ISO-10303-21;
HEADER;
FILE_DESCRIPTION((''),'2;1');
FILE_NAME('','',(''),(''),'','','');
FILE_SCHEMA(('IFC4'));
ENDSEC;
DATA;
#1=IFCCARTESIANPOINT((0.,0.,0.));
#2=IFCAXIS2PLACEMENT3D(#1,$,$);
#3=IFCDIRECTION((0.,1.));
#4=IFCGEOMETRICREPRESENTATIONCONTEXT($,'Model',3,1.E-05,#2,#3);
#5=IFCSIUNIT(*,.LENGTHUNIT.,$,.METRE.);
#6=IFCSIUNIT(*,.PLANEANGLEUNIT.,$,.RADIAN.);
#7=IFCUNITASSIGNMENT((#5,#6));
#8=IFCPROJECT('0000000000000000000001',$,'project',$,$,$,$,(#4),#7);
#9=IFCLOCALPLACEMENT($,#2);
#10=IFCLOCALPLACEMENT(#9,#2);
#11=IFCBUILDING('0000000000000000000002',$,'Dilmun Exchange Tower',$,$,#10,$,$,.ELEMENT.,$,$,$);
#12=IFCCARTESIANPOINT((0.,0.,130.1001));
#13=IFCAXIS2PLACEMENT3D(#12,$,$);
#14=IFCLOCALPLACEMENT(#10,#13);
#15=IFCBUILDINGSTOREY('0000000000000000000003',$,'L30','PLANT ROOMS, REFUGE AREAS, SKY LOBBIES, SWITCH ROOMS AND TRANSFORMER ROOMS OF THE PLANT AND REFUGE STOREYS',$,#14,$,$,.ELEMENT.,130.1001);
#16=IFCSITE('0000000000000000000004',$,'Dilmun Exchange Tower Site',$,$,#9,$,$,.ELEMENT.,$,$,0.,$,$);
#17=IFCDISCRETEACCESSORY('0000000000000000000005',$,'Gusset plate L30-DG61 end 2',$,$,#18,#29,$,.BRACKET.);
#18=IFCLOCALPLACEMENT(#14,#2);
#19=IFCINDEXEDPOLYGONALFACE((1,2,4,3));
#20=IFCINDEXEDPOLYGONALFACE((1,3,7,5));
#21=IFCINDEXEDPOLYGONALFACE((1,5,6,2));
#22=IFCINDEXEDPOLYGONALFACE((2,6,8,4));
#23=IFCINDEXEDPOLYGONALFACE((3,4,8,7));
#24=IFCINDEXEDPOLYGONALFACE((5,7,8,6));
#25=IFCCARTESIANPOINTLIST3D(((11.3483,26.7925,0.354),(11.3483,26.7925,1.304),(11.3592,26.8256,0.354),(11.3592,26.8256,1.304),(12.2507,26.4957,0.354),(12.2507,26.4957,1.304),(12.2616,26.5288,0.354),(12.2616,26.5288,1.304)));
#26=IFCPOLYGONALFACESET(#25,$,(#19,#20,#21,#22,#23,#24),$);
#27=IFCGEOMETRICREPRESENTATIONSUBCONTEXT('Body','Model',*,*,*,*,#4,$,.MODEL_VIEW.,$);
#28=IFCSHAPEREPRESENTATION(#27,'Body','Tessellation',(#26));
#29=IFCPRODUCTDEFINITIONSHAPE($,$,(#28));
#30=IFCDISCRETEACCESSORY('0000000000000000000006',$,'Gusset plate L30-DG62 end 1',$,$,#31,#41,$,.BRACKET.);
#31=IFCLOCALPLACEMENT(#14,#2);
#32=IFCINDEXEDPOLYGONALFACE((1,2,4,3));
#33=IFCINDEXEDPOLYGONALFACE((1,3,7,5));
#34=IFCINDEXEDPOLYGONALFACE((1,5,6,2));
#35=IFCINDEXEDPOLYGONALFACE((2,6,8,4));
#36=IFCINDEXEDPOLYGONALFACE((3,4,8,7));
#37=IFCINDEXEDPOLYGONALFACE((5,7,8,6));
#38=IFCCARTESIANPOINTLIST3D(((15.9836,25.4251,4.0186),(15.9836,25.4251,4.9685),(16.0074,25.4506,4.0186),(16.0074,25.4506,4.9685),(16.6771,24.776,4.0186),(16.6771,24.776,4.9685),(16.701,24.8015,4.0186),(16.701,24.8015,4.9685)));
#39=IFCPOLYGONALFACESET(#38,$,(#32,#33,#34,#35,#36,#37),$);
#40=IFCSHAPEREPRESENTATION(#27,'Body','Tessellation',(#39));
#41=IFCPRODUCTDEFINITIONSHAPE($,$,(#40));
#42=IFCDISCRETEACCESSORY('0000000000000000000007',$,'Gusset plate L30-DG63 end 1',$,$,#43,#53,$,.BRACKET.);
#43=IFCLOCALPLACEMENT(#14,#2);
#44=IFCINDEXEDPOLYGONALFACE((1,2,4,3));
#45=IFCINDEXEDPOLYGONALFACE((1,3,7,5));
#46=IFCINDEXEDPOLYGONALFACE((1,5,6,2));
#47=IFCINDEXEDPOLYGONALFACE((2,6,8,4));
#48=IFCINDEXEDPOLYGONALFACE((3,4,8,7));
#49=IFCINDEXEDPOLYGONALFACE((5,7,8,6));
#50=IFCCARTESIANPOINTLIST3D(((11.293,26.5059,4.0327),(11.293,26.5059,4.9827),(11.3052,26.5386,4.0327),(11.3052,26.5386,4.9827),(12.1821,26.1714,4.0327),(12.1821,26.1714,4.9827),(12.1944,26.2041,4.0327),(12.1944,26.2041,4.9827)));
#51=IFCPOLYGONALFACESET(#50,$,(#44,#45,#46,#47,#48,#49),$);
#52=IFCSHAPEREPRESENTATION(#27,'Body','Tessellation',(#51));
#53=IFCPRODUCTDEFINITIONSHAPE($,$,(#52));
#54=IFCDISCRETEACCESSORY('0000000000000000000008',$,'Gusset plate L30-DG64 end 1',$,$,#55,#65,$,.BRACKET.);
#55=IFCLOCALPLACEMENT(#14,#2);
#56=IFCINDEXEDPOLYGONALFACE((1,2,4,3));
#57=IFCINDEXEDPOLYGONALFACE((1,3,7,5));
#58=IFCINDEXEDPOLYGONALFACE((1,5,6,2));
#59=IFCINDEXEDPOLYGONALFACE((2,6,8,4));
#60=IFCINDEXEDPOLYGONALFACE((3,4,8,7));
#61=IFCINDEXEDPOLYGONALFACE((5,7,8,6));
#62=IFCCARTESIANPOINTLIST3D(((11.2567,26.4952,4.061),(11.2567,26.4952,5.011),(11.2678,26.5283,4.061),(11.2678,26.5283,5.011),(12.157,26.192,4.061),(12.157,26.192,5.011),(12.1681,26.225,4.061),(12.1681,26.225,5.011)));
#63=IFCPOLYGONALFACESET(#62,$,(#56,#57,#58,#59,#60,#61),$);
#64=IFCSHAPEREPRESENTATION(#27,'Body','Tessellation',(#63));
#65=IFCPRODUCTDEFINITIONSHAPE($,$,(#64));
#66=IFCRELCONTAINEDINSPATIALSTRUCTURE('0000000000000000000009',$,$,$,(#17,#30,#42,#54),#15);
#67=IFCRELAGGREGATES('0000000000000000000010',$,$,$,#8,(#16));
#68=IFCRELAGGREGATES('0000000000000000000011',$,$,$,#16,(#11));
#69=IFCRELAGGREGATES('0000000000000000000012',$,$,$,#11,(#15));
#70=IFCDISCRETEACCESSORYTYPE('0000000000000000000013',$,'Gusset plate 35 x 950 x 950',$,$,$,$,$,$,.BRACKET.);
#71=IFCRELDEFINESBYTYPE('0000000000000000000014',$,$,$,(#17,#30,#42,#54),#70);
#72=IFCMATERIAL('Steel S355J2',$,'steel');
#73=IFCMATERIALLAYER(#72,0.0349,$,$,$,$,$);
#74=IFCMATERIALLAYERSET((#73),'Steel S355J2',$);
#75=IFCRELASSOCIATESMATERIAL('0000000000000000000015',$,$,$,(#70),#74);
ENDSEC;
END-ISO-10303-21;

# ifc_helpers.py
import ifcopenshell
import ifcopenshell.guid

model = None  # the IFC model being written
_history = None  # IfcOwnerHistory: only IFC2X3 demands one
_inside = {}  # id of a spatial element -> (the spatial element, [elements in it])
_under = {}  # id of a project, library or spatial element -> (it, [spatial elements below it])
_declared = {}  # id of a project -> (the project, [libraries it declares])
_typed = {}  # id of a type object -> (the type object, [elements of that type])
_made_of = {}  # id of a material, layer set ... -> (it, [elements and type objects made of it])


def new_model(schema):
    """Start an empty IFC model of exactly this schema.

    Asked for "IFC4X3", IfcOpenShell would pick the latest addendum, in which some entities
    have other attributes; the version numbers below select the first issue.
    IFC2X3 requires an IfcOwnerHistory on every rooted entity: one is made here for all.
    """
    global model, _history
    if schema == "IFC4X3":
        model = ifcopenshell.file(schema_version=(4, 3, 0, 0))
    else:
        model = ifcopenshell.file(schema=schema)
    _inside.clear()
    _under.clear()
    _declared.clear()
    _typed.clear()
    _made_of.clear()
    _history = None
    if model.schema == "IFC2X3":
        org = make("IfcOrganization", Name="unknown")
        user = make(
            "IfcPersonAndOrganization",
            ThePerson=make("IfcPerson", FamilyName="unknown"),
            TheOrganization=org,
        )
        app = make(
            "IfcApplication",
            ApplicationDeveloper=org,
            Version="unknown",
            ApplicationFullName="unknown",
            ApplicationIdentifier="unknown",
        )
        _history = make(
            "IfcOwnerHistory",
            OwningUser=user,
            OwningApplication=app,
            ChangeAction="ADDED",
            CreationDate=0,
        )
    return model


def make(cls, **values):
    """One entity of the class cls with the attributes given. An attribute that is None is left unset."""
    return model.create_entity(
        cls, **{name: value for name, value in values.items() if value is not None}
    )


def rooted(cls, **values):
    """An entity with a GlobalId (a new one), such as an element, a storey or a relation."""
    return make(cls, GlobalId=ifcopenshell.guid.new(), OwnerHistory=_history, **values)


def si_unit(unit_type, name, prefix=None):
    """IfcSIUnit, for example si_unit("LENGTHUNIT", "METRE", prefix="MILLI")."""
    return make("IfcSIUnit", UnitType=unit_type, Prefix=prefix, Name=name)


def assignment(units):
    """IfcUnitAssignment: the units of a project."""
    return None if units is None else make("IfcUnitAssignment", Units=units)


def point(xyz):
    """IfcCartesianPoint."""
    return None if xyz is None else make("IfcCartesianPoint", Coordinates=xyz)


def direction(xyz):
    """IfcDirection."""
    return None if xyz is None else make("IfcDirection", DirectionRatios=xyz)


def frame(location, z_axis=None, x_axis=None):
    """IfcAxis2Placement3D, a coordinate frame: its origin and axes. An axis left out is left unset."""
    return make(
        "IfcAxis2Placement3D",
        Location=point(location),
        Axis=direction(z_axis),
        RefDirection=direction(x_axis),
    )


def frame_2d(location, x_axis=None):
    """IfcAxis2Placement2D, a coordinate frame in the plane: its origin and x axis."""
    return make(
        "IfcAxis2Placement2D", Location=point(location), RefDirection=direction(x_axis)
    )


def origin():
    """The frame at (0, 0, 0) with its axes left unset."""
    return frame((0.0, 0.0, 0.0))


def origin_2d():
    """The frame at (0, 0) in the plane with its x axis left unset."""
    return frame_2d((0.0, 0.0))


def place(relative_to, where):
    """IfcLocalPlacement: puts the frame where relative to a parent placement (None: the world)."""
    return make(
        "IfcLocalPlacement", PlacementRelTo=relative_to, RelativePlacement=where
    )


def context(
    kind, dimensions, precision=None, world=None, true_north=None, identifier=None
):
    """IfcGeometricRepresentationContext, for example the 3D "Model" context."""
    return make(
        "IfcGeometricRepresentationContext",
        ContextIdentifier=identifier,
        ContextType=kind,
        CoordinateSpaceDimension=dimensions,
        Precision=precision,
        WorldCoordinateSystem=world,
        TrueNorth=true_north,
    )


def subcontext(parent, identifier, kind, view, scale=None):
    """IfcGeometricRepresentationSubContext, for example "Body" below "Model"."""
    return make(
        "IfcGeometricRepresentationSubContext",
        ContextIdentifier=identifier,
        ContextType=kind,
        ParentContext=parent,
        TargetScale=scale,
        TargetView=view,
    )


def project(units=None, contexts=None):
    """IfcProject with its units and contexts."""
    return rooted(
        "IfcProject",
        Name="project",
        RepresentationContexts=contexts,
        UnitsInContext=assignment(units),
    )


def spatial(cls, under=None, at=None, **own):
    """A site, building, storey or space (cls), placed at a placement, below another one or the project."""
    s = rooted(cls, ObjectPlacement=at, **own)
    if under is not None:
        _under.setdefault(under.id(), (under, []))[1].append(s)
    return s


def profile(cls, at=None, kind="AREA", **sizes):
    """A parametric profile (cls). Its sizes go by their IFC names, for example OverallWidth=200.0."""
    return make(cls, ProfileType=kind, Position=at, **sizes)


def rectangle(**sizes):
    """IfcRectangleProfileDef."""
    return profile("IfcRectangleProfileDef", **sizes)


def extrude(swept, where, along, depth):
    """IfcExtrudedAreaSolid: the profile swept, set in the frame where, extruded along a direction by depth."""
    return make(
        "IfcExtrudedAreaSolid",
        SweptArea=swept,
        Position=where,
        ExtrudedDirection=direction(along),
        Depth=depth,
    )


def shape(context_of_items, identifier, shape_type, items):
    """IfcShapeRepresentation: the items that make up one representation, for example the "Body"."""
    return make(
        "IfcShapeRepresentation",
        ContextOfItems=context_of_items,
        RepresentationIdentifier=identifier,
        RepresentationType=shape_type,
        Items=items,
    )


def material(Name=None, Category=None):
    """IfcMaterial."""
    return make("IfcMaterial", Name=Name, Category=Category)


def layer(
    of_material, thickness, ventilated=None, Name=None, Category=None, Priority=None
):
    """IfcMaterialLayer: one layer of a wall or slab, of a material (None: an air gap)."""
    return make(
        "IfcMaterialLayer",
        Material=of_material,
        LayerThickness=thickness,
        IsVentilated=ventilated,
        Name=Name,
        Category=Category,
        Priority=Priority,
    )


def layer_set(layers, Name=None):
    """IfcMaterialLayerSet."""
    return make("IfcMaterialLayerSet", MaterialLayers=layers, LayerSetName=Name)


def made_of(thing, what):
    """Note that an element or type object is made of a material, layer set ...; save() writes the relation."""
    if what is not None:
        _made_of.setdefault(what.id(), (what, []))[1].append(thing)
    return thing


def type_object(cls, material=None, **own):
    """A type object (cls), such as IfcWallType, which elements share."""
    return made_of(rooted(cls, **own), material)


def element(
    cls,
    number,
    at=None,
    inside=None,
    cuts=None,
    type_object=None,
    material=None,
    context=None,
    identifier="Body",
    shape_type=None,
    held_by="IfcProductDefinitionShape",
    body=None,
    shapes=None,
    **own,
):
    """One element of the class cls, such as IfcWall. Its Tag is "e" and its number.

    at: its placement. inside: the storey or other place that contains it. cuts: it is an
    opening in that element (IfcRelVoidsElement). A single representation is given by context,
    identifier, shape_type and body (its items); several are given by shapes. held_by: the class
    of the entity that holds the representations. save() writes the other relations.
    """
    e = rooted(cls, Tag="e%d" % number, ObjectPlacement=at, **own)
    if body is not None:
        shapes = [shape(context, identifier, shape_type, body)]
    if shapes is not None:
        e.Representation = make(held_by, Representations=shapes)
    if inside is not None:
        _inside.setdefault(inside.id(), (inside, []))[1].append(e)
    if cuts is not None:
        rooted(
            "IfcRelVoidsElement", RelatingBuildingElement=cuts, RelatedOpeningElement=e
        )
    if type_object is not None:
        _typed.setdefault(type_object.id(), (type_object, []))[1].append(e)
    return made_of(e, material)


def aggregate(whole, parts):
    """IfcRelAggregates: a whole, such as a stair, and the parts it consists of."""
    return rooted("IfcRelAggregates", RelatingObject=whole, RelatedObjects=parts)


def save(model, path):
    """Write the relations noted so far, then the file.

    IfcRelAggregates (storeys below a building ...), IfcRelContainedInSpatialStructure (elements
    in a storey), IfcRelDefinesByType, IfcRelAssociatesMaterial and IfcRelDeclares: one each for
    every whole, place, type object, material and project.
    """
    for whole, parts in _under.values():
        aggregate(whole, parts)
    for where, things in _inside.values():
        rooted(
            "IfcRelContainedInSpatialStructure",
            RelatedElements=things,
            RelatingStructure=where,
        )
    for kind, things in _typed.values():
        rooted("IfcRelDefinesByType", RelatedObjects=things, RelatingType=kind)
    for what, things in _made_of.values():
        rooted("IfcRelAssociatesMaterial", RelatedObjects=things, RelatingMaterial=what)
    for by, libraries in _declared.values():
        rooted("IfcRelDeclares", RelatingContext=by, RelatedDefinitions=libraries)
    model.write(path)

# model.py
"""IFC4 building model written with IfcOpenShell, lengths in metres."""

from ifc_helpers import new_model, si_unit, direction, frame, origin, origin_2d, place, context, subcontext, project, spatial, rectangle, extrude, material, layer, layer_set, type_object, element, save


model = new_model("IFC4")

# Units and contexts
model_context = context("Model", 3, precision=1e-05, world=origin(), true_north=direction((0.0, 1.0)))
body_context = subcontext(model_context, "Body", "Model", "MODEL_VIEW")
ifc_project = project(units=[si_unit("LENGTHUNIT", "METRE"), si_unit("PLANEANGLEUNIT", "RADIAN")], contexts=[model_context])

# Site, building, storey
site_placement = place(None, origin())
site = spatial("IfcSite", under=ifc_project, at=site_placement, Name="Dilmun Exchange Tower Site", CompositionType="ELEMENT", RefElevation=0.0)
building_placement = place(site_placement, origin())
building = spatial("IfcBuilding", under=site, at=building_placement, Name="Dilmun Exchange Tower", CompositionType="ELEMENT")
storey_placement = place(building_placement, frame((0.0, 0.0, 130.1001)))
storey = spatial("IfcBuildingStorey", under=building, at=storey_placement, Name="L30", Description="PLANT ROOMS, REFUGE AREAS, SKY LOBBIES, SWITCH ROOMS AND TRANSFORMER ROOMS OF THE PLANT AND REFUGE STOREYS", CompositionType="ELEMENT", Elevation=130.1001)

# Discrete accessories
ifc_material_1 = material(Name="Steel S355J2", Category="steel")
ifc_layer_1 = layer(ifc_material_1, 0.0349)
ifc_layer_set_1 = layer_set([ifc_layer_1], Name="Steel S355J2")
discrete_accessory_type = type_object("IfcDiscreteAccessoryType", Name="Gusset plate 35 x 950 x 950", PredefinedType="BRACKET", material=ifc_layer_set_1)
for number, where, z_axis, x_axis, name in (
    (1, (11.8049, 26.6606, 0.354), (0.0, 0.0, 1.0), (-0.949944, 0.312419, 0.0), "Gusset plate L30-DG61 end 2"),
    (2, (16.3423, 25.1133, 4.0186), (0.0, 0.0, 1.0), (0.730111, -0.683329, 0.0), "Gusset plate L30-DG62 end 1"),
    (3, (11.7437, 26.355, 4.0327), (0.0, 0.0, 1.0), (-0.935953, 0.352124, 0.0), "Gusset plate L30-DG63 end 1"),
    (4, (11.7124, 26.3601, 4.061), (0.0, 0.0, 1.0), (-0.947693, 0.319183, 0.0), "Gusset plate L30-DG64 end 1"),
):
    element("IfcDiscreteAccessory", number, at=place(storey_placement, frame(where, z_axis=z_axis, x_axis=x_axis)), inside=storey, type_object=discrete_accessory_type, Name=name, PredefinedType="BRACKET", context=body_context, shape_type="SweptSolid", body=[
        extrude(rectangle(XDim=0.95, YDim=0.0349, at=origin_2d()), origin(), (0.0, 0.0, 1.0), 0.95),
    ])

save(model, "model.ifc")
